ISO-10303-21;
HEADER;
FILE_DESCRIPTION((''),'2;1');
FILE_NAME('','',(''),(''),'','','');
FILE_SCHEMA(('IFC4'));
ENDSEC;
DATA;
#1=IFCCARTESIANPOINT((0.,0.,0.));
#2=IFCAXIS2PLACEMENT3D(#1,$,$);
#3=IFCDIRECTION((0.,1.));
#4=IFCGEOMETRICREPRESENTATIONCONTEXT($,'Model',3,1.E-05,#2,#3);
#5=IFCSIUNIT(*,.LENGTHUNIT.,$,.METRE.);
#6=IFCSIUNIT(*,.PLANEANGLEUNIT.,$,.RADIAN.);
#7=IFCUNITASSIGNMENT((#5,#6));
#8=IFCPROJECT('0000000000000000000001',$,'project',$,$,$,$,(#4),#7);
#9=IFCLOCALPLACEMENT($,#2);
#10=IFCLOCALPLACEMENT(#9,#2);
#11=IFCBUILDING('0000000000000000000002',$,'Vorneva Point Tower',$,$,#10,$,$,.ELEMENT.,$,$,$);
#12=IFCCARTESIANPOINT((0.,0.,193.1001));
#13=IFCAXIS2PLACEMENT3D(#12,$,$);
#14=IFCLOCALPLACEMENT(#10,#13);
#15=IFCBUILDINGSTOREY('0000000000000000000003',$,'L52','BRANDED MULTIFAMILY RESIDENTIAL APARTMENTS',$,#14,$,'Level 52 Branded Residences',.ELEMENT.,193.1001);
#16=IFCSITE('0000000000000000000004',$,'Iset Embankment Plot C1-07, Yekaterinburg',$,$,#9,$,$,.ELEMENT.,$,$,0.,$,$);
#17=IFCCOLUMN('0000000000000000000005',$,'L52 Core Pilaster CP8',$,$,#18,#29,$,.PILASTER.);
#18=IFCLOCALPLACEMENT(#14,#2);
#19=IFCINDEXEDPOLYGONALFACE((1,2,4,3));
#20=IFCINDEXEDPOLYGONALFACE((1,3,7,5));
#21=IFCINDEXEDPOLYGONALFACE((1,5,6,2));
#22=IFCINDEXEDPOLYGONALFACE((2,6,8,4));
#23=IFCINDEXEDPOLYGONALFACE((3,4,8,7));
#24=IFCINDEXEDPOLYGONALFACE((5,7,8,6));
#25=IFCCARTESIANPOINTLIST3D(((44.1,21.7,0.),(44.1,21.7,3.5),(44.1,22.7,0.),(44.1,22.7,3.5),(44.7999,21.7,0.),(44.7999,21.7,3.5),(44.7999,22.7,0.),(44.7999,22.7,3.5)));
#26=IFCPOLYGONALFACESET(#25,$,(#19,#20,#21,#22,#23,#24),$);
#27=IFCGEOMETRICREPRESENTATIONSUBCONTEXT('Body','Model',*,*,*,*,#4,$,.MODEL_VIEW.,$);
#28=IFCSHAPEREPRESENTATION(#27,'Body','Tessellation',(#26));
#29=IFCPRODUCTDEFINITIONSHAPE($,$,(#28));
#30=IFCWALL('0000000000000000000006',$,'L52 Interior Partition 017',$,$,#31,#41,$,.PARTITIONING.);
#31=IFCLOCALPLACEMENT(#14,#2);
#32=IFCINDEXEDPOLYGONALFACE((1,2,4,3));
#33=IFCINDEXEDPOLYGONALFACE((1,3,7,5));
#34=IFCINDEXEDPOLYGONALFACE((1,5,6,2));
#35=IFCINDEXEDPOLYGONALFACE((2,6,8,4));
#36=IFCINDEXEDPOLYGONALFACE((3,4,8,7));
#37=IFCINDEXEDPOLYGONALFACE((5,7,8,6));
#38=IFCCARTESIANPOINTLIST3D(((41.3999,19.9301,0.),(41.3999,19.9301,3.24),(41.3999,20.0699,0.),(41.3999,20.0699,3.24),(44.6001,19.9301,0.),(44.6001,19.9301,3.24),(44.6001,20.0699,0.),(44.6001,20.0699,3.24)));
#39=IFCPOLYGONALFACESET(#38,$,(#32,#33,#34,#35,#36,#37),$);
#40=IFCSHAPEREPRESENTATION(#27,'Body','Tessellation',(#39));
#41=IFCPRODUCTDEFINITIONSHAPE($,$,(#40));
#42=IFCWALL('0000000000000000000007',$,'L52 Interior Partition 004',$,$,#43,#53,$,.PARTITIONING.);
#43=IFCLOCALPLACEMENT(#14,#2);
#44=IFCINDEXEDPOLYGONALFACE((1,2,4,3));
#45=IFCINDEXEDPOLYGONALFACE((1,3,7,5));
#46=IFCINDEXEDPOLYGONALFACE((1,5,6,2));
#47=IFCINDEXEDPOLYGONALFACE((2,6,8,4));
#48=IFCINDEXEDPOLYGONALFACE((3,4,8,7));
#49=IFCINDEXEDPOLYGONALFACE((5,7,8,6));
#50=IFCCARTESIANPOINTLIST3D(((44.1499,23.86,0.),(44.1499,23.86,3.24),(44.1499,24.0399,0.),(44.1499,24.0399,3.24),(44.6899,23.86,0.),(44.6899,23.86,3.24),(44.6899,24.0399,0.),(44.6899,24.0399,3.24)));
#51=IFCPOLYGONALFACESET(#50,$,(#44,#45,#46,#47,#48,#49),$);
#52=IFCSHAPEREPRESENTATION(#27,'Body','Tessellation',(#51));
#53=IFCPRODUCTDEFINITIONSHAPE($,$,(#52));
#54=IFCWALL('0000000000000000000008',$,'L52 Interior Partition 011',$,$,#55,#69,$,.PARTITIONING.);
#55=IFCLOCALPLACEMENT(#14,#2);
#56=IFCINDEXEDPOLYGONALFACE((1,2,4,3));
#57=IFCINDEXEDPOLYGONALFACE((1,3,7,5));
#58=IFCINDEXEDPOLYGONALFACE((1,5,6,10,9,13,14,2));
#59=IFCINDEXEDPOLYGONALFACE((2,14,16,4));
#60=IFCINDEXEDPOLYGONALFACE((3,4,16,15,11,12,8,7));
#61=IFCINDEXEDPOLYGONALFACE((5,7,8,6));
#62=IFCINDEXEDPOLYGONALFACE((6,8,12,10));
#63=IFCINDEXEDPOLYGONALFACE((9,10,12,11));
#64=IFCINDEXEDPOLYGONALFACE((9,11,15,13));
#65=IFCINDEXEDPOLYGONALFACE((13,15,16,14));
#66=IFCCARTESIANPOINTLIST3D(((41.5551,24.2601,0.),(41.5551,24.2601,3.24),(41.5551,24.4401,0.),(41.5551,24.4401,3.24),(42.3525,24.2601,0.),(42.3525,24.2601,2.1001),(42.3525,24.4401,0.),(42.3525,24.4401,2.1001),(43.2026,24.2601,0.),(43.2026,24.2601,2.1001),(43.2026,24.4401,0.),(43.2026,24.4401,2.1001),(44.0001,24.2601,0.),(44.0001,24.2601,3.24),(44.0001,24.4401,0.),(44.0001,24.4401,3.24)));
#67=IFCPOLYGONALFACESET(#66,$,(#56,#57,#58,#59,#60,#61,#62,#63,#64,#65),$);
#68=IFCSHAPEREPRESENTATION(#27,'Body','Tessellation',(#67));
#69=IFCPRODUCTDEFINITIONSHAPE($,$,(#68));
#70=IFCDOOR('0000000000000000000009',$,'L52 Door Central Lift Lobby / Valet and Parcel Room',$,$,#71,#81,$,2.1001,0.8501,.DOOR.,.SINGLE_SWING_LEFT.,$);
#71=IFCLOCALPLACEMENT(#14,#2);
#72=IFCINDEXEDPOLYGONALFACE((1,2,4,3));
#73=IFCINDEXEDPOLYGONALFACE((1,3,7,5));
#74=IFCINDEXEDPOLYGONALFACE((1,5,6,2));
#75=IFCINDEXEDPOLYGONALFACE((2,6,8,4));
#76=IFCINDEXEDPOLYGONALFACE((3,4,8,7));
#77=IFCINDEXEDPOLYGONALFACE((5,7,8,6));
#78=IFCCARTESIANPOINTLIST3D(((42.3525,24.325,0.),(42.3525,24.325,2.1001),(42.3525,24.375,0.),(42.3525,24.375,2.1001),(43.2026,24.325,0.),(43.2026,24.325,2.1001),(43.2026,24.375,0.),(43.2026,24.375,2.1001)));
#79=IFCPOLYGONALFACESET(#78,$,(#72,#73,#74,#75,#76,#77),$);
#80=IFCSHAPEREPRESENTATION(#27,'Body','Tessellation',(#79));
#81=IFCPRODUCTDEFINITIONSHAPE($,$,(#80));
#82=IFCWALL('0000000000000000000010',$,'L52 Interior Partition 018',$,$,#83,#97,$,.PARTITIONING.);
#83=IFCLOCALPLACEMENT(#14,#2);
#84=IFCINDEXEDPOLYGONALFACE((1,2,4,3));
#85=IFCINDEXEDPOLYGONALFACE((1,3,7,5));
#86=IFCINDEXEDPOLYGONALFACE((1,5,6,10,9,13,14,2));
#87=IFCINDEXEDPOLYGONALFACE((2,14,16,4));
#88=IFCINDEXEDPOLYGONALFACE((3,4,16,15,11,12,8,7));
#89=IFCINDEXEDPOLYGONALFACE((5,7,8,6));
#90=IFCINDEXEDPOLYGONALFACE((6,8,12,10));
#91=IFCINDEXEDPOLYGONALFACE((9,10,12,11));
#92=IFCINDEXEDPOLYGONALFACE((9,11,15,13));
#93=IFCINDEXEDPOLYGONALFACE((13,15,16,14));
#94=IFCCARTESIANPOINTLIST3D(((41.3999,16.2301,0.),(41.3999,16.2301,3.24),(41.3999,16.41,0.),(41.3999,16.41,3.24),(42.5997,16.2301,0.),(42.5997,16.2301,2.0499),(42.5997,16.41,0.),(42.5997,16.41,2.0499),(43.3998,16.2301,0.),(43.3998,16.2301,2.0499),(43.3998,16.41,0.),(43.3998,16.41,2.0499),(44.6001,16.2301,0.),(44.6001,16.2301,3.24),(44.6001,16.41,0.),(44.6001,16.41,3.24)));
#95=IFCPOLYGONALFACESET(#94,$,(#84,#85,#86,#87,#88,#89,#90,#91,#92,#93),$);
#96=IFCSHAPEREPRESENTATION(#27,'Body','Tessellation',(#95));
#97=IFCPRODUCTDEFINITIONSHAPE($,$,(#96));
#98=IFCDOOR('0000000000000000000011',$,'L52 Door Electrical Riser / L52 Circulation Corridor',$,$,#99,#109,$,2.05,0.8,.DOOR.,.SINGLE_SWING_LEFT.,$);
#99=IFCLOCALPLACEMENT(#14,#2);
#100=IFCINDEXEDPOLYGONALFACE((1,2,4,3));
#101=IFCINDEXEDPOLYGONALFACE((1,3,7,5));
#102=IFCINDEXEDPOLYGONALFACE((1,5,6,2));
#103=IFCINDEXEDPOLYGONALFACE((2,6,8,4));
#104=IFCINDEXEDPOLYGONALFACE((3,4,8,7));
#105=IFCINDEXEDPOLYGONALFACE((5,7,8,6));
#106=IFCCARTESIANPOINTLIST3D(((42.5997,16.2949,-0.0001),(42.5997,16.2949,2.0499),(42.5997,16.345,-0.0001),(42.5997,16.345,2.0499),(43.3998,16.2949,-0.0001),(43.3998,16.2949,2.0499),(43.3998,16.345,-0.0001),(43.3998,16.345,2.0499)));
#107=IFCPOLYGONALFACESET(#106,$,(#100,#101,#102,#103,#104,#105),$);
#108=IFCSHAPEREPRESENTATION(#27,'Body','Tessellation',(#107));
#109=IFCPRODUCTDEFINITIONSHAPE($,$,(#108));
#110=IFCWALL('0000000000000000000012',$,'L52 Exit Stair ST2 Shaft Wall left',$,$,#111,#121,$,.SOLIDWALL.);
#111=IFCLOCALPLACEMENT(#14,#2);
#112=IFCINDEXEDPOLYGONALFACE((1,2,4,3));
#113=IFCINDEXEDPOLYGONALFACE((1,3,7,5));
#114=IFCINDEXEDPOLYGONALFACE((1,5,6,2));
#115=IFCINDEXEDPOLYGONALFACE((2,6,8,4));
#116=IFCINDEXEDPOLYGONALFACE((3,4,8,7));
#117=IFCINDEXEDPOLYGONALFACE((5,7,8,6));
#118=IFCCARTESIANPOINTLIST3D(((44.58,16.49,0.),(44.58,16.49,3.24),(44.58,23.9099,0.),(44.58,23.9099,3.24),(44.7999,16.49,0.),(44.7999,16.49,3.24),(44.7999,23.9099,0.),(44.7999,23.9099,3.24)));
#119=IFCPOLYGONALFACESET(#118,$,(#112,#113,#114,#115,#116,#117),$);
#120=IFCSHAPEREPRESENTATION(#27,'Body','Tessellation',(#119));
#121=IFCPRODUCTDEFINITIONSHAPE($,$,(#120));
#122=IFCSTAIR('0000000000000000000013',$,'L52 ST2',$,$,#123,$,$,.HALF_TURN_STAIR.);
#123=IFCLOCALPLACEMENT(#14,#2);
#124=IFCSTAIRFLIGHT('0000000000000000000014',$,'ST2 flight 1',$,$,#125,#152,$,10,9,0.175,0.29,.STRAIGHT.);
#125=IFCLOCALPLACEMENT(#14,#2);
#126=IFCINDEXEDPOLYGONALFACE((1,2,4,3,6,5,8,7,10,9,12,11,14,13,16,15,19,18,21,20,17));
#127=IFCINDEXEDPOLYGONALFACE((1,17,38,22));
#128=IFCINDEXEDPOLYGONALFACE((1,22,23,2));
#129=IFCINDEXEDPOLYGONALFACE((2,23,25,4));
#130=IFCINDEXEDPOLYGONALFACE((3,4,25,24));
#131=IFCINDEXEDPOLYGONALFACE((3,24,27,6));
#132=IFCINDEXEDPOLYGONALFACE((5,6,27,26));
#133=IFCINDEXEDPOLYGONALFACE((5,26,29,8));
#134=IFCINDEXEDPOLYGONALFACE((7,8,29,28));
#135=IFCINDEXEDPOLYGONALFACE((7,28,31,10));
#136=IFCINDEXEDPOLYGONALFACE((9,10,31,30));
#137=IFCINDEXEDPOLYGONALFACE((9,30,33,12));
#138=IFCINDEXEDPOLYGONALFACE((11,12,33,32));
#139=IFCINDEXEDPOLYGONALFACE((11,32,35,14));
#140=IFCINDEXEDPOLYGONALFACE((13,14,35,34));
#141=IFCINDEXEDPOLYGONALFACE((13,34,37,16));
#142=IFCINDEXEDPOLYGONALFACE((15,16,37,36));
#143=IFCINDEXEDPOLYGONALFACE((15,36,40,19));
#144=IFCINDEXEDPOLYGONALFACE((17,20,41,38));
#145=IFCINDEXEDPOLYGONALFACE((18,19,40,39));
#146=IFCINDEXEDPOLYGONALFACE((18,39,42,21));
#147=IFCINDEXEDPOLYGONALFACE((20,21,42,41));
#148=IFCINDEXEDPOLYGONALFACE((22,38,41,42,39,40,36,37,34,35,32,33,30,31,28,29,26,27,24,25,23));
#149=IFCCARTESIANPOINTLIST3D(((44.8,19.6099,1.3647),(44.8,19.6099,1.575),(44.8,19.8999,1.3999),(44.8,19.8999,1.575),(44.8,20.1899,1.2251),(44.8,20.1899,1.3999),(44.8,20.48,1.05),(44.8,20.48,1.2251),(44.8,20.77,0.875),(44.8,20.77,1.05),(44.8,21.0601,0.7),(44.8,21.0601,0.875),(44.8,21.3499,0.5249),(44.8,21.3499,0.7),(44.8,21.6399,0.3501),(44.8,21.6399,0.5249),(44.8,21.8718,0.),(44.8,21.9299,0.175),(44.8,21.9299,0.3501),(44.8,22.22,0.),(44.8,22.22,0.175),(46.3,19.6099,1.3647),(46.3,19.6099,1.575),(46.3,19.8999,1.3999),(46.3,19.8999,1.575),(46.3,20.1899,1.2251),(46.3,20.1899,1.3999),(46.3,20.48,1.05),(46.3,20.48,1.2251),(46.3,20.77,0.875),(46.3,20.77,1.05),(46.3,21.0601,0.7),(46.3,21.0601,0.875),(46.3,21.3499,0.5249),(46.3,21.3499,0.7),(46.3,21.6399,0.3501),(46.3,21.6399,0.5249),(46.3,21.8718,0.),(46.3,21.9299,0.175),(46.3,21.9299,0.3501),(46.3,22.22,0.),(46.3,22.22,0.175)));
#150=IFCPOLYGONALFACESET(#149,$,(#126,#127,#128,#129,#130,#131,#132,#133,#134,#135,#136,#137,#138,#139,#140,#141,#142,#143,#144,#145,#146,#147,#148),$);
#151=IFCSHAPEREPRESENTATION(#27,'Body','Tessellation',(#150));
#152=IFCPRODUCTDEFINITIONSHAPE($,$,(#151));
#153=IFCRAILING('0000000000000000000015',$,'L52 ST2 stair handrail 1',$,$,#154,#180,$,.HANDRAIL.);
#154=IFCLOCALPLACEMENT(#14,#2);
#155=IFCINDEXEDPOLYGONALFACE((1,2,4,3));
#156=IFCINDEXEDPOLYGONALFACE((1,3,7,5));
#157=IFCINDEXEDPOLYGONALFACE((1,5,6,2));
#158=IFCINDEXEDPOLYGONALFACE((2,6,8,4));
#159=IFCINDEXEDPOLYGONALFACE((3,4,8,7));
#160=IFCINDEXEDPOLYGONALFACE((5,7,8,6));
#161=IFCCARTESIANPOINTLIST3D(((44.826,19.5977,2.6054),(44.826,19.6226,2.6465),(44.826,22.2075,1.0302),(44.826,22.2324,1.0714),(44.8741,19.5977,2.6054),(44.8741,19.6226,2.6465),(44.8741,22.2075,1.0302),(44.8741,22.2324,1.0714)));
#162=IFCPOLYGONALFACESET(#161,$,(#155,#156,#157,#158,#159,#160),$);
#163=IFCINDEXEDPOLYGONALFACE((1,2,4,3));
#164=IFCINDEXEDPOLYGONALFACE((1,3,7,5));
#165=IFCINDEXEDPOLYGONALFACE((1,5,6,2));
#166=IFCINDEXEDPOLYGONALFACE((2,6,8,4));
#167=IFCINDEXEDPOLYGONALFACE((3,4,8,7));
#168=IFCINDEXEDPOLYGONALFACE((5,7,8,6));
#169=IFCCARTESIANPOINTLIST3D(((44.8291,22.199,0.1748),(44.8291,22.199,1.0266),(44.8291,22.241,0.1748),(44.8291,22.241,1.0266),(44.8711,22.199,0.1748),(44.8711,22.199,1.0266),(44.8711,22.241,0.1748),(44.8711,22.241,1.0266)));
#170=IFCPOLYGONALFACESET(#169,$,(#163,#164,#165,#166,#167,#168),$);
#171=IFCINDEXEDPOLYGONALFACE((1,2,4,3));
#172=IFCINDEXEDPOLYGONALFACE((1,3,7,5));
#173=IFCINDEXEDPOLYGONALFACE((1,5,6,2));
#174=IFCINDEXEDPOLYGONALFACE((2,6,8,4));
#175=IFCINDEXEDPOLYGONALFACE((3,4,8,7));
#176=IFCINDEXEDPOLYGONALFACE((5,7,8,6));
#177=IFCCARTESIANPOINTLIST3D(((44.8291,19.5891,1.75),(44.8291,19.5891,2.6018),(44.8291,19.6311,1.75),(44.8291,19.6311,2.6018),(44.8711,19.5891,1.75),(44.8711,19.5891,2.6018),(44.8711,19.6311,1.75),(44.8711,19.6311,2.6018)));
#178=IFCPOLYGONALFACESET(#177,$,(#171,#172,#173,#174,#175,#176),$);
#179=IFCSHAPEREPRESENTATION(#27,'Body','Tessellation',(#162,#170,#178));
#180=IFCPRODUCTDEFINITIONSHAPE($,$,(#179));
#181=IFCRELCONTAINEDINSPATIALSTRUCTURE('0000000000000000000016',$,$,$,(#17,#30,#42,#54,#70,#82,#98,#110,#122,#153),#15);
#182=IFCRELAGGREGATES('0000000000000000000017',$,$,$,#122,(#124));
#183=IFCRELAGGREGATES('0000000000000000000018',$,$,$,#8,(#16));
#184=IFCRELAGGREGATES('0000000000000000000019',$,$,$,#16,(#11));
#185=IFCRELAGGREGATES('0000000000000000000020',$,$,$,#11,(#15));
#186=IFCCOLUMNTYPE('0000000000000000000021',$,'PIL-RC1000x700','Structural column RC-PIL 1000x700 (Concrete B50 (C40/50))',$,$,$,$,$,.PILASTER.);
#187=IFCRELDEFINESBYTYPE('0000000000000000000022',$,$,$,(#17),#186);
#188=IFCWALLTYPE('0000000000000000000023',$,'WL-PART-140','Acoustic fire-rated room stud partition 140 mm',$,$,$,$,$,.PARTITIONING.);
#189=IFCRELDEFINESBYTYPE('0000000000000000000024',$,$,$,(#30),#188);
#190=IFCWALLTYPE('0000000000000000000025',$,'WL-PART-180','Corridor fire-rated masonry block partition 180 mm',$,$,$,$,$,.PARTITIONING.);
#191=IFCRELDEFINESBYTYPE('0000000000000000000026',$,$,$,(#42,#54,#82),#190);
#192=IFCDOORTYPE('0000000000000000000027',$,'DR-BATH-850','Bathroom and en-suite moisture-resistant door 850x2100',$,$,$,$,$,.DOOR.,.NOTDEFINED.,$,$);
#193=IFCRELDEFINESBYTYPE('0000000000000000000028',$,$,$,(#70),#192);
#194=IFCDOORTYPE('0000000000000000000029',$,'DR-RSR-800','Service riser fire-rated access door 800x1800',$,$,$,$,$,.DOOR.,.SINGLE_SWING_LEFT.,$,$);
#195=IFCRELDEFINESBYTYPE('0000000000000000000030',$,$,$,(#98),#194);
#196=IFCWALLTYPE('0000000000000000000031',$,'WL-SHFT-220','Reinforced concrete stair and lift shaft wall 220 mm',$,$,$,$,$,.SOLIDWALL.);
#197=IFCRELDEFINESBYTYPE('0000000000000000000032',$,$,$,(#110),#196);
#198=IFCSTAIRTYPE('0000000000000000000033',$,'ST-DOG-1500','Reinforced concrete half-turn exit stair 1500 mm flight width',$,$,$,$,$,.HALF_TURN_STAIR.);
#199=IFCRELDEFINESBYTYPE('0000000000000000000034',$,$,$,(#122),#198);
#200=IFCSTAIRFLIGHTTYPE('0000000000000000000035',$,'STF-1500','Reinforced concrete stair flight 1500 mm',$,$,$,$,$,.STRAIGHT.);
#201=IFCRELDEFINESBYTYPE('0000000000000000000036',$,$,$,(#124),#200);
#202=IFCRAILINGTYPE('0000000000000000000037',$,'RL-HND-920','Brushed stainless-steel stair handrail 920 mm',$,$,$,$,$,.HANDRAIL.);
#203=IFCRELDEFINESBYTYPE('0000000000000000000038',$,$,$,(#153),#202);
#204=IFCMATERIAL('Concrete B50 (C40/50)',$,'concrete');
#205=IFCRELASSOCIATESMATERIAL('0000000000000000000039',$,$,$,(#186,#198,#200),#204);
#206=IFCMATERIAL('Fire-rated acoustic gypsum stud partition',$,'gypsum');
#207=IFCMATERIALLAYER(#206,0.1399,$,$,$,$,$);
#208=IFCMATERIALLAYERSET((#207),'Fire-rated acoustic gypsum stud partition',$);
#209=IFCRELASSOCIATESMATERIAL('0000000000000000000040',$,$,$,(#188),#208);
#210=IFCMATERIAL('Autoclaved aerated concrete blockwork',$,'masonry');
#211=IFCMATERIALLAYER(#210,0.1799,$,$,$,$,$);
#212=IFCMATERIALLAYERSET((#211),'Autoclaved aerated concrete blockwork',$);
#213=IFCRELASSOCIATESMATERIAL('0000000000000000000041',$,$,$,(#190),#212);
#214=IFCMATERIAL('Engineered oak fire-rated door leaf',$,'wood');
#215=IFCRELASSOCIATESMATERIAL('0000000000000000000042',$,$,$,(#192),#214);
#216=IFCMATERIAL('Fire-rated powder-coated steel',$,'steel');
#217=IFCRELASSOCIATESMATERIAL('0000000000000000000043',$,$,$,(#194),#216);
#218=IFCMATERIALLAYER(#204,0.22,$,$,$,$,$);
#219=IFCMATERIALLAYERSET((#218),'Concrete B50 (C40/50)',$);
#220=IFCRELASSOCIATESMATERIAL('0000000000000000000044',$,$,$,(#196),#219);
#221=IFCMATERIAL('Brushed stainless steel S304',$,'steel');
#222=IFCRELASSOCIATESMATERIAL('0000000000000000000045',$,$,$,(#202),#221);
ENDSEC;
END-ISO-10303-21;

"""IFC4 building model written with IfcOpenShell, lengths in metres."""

from ifc_helpers import new_model, si_unit, direction, frame, frame_2d, origin, origin_2d, place, context, subcontext, project, spatial, polyline, rectangle, outline, extrude, material, layer, layer_set, material_profile, profile_set, type_object, element, fill, aggregate, save


model = new_model("IFC4")

# Units and contexts
model_context = context("Model", 3, precision=1e-05, world=origin(), true_north=direction((0.0, 1.0)))
body_context = subcontext(model_context, "Body", "Model", "MODEL_VIEW")
ifc_project = project(units=[si_unit("LENGTHUNIT", "METRE"), si_unit("PLANEANGLEUNIT", "RADIAN")], contexts=[model_context])

# Site, building, storey
site_placement = place(None, origin())
site = spatial("IfcSite", under=ifc_project, at=site_placement, Name="Iset Embankment Plot C1-07, Yekaterinburg", CompositionType="ELEMENT", RefElevation=0.0)
building_placement = place(site_placement, origin())
building = spatial("IfcBuilding", under=site, at=building_placement, Name="Vorneva Point Tower", CompositionType="ELEMENT")
storey_placement = place(building_placement, frame((0.0, 0.0, 193.1001)))
storey = spatial("IfcBuildingStorey", under=building, at=storey_placement, Name="L52", Description="BRANDED MULTIFAMILY RESIDENTIAL APARTMENTS", LongName="Level 52 Branded Residences", CompositionType="ELEMENT", Elevation=193.1001)

# Column
ifc_material_1 = material(Name="Concrete B50 (C40/50)", Category="concrete")
ifc_material_profile = material_profile(ifc_material_1, rectangle(XDim=0.7, YDim=1.0, at=origin_2d()), Name="RC-PIL 1000x700")
ifc_profile_set = profile_set([ifc_material_profile], Name="Concrete B50 (C40/50)")
column_type = type_object("IfcColumnType", Name="PIL-RC1000x700", Description="Structural column RC-PIL 1000x700 (Concrete B50 (C40/50))", PredefinedType="PILASTER", material=ifc_profile_set)
column_placement = place(storey_placement, frame((44.45, 22.2, 0.0), z_axis=(0.0, 0.0, 1.0), x_axis=(1.0, 0.0, 0.0)))
element("IfcColumn", 1, at=column_placement, inside=storey, type_object=column_type, Name="L52 Core Pilaster CP8", PredefinedType="PILASTER", context=body_context, shape_type="SweptSolid", body=[
    extrude(rectangle(XDim=0.7, YDim=1.0, at=origin_2d()), origin(), (0.0, 0.0, 1.0), 3.5),
])

# Walls
ifc_material_2 = material(Name="Fire-rated acoustic gypsum stud partition", Category="gypsum")
ifc_layer_1 = layer(ifc_material_2, 0.1399)
ifc_layer_set_1 = layer_set([ifc_layer_1], Name="Fire-rated acoustic gypsum stud partition")
wall_type_1 = type_object("IfcWallType", Name="WL-PART-140", Description="Acoustic fire-rated room stud partition 140 mm", PredefinedType="PARTITIONING", material=ifc_layer_set_1)
wall_1_placement = place(storey_placement, frame((44.6001, 20.0, 0.0), z_axis=(0.0, 0.0, 1.0), x_axis=(-1.0, 0.0, 0.0)))
element("IfcWall", 2, at=wall_1_placement, inside=storey, type_object=wall_type_1, Name="L52 Interior Partition 017", PredefinedType="PARTITIONING", context=body_context, shape_type="SweptSolid", body=[
    extrude(rectangle(XDim=3.2002, YDim=0.1399, at=frame_2d((1.6001, 0.0))), origin(), (0.0, 0.0, 1.0), 3.24),
])
ifc_material_3 = material(Name="Autoclaved aerated concrete blockwork", Category="masonry")
ifc_layer_2 = layer(ifc_material_3, 0.1799)
ifc_layer_set_2 = layer_set([ifc_layer_2], Name="Autoclaved aerated concrete blockwork")
wall_type_2 = type_object("IfcWallType", Name="WL-PART-180", Description="Corridor fire-rated masonry block partition 180 mm", PredefinedType="PARTITIONING", material=ifc_layer_set_2)
wall_2_placement = place(storey_placement, frame((44.1499, 23.95, 0.0), z_axis=(0.0, 0.0, 1.0), x_axis=(1.0, 0.0, 0.0)))
element("IfcWall", 3, at=wall_2_placement, inside=storey, type_object=wall_type_2, Name="L52 Interior Partition 004", PredefinedType="PARTITIONING", context=body_context, shape_type="SweptSolid", body=[
    extrude(rectangle(XDim=0.54, YDim=0.1799, at=frame_2d((0.27, 0.0))), origin(), (0.0, 0.0, 1.0), 3.24),
])

# Walls, openings, doors
wall_3_placement = place(storey_placement, frame((41.5549, 24.3501, 0.0), z_axis=(0.0, 0.0, 1.0), x_axis=(1.0, 0.0, 0.0)))
wall_3 = element("IfcWall", 4, at=wall_3_placement, inside=storey, type_object=wall_type_2, Name="L52 Interior Partition 011", PredefinedType="PARTITIONING", context=body_context, shape_type="SweptSolid", body=[
    extrude(rectangle(XDim=2.4451, YDim=0.1799, at=frame_2d((1.2227, 0.0))), origin(), (0.0, 0.0, 1.0), 3.24),
])
opening_1_placement = place(wall_3_placement, frame((0.7976, 0.0, 0.0)))
opening_1 = element("IfcOpeningElement", 5, at=opening_1_placement, cuts=wall_3, PredefinedType="OPENING", context=body_context, shape_type="SweptSolid", body=[
    extrude(rectangle(XDim=0.8501, YDim=2.1001, at=frame_2d((0.425, 1.05))), frame((0.0, 0.105, 0.0), z_axis=(0.0, -1.0, 0.0), x_axis=(1.0, 0.0, 0.0)), (0.0, 0.0, 1.0), 0.2097),
])
ifc_material_4 = material(Name="Engineered oak fire-rated door leaf", Category="wood")
door_type_1 = type_object("IfcDoorType", Name="DR-BATH-850", Description="Bathroom and en-suite moisture-resistant door 850x2100", OperationType="NOTDEFINED", PredefinedType="DOOR", material=ifc_material_4)
door_1_placement = place(opening_1_placement, origin())
door_1 = element("IfcDoor", 6, at=door_1_placement, inside=storey, type_object=door_type_1, Name="L52 Door Central Lift Lobby / Valet and Parcel Room", OperationType="SINGLE_SWING_LEFT", OverallHeight=2.1001, OverallWidth=0.8501, PredefinedType="DOOR", context=body_context, shape_type="SweptSolid", body=[
    extrude(rectangle(XDim=0.8501, YDim=2.1001, at=frame_2d((0.425, 1.05))), frame((0.0, 0.0249, 0.0), z_axis=(0.0, -1.0, 0.0), x_axis=(1.0, 0.0, 0.0)), (0.0, 0.0, 1.0), 0.05),
])
fill(opening_1, door_1)
wall_4_placement = place(storey_placement, frame((41.3999, 16.3201, 0.0), z_axis=(0.0, 0.0, 1.0), x_axis=(1.0, 0.0, 0.0)))
wall_4 = element("IfcWall", 7, at=wall_4_placement, inside=storey, type_object=wall_type_2, Name="L52 Interior Partition 018", PredefinedType="PARTITIONING", context=body_context, shape_type="SweptSolid", body=[
    extrude(rectangle(XDim=3.2002, YDim=0.1799, at=frame_2d((1.6001, 0.0))), origin(), (0.0, 0.0, 1.0), 3.24),
])
opening_2_placement = place(wall_4_placement, frame((1.2, 0.0, 0.0)))
opening_2 = element("IfcOpeningElement", 8, at=opening_2_placement, cuts=wall_4, PredefinedType="OPENING", context=body_context, shape_type="SweptSolid", body=[
    extrude(rectangle(XDim=0.8, YDim=2.05, at=frame_2d((0.3999, 1.0249))), frame((0.0, 0.105, 0.0), z_axis=(0.0, -1.0, 0.0), x_axis=(1.0, 0.0, 0.0)), (0.0, 0.0, 1.0), 0.2097),
])
ifc_material_5 = material(Name="Fire-rated powder-coated steel", Category="steel")
door_type_2 = type_object("IfcDoorType", Name="DR-RSR-800", Description="Service riser fire-rated access door 800x1800", OperationType="SINGLE_SWING_LEFT", PredefinedType="DOOR", material=ifc_material_5)
door_2_placement = place(opening_2_placement, origin())
door_2 = element("IfcDoor", 9, at=door_2_placement, inside=storey, type_object=door_type_2, Name="L52 Door Electrical Riser / L52 Circulation Corridor", OperationType="SINGLE_SWING_LEFT", OverallHeight=2.05, OverallWidth=0.8, PredefinedType="DOOR", context=body_context, shape_type="SweptSolid", body=[
    extrude(rectangle(XDim=0.8, YDim=2.05, at=frame_2d((0.3999, 1.0249))), frame((0.0, 0.0249, 0.0), z_axis=(0.0, -1.0, 0.0), x_axis=(1.0, 0.0, 0.0)), (0.0, 0.0, 1.0), 0.05),
])
fill(opening_2, door_2)
ifc_layer_3 = layer(ifc_material_1, 0.22)
ifc_layer_set_3 = layer_set([ifc_layer_3], Name="Concrete B50 (C40/50)")
wall_type_3 = type_object("IfcWallType", Name="WL-SHFT-220", Description="Reinforced concrete stair and lift shaft wall 220 mm", PredefinedType="SOLIDWALL", material=ifc_layer_set_3)

# Wall
wall_5_placement = place(storey_placement, frame((44.6899, 16.49, 0.0), z_axis=(0.0, 0.0, 1.0), x_axis=(0.0, 1.0, 0.0)))
element("IfcWall", 10, at=wall_5_placement, inside=storey, type_object=wall_type_3, Name="L52 Exit Stair ST2 Shaft Wall left", PredefinedType="SOLIDWALL", context=body_context, shape_type="SweptSolid", body=[
    extrude(rectangle(XDim=7.4199, YDim=0.22, at=frame_2d((3.71, 0.0))), origin(), (0.0, 0.0, 1.0), 3.24),
])

# Stair, stair flight
stair_type = type_object("IfcStairType", Name="ST-DOG-1500", Description="Reinforced concrete half-turn exit stair 1500 mm flight width", PredefinedType="HALF_TURN_STAIR", material=ifc_material_1)
stair_placement = place(storey_placement, origin())
stair = element("IfcStair", 11, at=stair_placement, inside=storey, type_object=stair_type, Name="L52 ST2", PredefinedType="HALF_TURN_STAIR")
stair_flight_type = type_object("IfcStairFlightType", Name="STF-1500", Description="Reinforced concrete stair flight 1500 mm", PredefinedType="STRAIGHT", material=ifc_material_1)
stair_flight_placement = place(storey_placement, frame((45.55, 22.22, 0.0), z_axis=(0.0, 0.0, 1.0), x_axis=(0.0, -1.0, 0.0)))
stair_flight = element("IfcStairFlight", 12, at=stair_flight_placement, type_object=stair_flight_type, Name="ST2 flight 1", NumberOfRisers=10, NumberOfTreads=9, PredefinedType="STRAIGHT", RiserHeight=0.175, TreadLength=0.29, context=body_context, shape_type="SweptSolid", body=[
    extrude(outline(polyline([(0.0, 0.0), (0.0, 0.175), (0.29, 0.175), (0.29, 0.3501), (0.5801, 0.3501), (0.5801, 0.5249), (0.8701, 0.5249), (0.8701, 0.7), (1.1599, 0.7), (1.1599, 0.875), (1.45, 0.875), (1.45, 1.05), (1.74, 1.05), (1.74, 1.2251), (2.03, 1.2251), (2.03, 1.3999), (2.3201, 1.3999), (2.3201, 1.575), (2.6101, 1.575), (2.6101, 1.75), (2.6101, 1.3647), (0.3481, 0.0), (0.0, 0.0)])), frame((0.0, 0.75, 0.0), z_axis=(0.0, -1.0, 0.0), x_axis=(1.0, 0.0, 0.0)), (0.0, 0.0, 1.0), 1.5),
])
aggregate(stair, [stair_flight])

# Railing
ifc_material_6 = material(Name="Brushed stainless steel S304", Category="steel")
railing_type_1 = type_object("IfcRailingType", Name="RL-HND-920", Description="Brushed stainless-steel stair handrail 920 mm", PredefinedType="HANDRAIL", material=ifc_material_6)
railing_1_placement = place(storey_placement, frame((44.8501, 22.22, 0.1748)))
element("IfcRailing", 13, at=railing_1_placement, inside=storey, type_object=railing_type_1, Name="L52 ST2 stair handrail 1", PredefinedType="HANDRAIL", context=body_context, shape_type="SweptSolid", body=[
    extrude(rectangle(XDim=0.0481, YDim=0.0481, at=origin_2d()), frame((0.0, 0.0, 0.876), z_axis=(0.0, -0.856147, 0.516732), x_axis=(1.0, 0.0, 0.0)), (0.0, 0.0, 1.0), 3.0483),
    extrude(rectangle(XDim=0.042, YDim=0.042, at=origin_2d()), origin(), (0.0, 0.0, 1.0), 0.8518),
    extrude(rectangle(XDim=0.042, YDim=0.042, at=origin_2d()), frame((0.0, -2.6099, 1.5752)), (0.0, 0.0, 1.0), 0.8518),
])

save(model, "model.ifc")
